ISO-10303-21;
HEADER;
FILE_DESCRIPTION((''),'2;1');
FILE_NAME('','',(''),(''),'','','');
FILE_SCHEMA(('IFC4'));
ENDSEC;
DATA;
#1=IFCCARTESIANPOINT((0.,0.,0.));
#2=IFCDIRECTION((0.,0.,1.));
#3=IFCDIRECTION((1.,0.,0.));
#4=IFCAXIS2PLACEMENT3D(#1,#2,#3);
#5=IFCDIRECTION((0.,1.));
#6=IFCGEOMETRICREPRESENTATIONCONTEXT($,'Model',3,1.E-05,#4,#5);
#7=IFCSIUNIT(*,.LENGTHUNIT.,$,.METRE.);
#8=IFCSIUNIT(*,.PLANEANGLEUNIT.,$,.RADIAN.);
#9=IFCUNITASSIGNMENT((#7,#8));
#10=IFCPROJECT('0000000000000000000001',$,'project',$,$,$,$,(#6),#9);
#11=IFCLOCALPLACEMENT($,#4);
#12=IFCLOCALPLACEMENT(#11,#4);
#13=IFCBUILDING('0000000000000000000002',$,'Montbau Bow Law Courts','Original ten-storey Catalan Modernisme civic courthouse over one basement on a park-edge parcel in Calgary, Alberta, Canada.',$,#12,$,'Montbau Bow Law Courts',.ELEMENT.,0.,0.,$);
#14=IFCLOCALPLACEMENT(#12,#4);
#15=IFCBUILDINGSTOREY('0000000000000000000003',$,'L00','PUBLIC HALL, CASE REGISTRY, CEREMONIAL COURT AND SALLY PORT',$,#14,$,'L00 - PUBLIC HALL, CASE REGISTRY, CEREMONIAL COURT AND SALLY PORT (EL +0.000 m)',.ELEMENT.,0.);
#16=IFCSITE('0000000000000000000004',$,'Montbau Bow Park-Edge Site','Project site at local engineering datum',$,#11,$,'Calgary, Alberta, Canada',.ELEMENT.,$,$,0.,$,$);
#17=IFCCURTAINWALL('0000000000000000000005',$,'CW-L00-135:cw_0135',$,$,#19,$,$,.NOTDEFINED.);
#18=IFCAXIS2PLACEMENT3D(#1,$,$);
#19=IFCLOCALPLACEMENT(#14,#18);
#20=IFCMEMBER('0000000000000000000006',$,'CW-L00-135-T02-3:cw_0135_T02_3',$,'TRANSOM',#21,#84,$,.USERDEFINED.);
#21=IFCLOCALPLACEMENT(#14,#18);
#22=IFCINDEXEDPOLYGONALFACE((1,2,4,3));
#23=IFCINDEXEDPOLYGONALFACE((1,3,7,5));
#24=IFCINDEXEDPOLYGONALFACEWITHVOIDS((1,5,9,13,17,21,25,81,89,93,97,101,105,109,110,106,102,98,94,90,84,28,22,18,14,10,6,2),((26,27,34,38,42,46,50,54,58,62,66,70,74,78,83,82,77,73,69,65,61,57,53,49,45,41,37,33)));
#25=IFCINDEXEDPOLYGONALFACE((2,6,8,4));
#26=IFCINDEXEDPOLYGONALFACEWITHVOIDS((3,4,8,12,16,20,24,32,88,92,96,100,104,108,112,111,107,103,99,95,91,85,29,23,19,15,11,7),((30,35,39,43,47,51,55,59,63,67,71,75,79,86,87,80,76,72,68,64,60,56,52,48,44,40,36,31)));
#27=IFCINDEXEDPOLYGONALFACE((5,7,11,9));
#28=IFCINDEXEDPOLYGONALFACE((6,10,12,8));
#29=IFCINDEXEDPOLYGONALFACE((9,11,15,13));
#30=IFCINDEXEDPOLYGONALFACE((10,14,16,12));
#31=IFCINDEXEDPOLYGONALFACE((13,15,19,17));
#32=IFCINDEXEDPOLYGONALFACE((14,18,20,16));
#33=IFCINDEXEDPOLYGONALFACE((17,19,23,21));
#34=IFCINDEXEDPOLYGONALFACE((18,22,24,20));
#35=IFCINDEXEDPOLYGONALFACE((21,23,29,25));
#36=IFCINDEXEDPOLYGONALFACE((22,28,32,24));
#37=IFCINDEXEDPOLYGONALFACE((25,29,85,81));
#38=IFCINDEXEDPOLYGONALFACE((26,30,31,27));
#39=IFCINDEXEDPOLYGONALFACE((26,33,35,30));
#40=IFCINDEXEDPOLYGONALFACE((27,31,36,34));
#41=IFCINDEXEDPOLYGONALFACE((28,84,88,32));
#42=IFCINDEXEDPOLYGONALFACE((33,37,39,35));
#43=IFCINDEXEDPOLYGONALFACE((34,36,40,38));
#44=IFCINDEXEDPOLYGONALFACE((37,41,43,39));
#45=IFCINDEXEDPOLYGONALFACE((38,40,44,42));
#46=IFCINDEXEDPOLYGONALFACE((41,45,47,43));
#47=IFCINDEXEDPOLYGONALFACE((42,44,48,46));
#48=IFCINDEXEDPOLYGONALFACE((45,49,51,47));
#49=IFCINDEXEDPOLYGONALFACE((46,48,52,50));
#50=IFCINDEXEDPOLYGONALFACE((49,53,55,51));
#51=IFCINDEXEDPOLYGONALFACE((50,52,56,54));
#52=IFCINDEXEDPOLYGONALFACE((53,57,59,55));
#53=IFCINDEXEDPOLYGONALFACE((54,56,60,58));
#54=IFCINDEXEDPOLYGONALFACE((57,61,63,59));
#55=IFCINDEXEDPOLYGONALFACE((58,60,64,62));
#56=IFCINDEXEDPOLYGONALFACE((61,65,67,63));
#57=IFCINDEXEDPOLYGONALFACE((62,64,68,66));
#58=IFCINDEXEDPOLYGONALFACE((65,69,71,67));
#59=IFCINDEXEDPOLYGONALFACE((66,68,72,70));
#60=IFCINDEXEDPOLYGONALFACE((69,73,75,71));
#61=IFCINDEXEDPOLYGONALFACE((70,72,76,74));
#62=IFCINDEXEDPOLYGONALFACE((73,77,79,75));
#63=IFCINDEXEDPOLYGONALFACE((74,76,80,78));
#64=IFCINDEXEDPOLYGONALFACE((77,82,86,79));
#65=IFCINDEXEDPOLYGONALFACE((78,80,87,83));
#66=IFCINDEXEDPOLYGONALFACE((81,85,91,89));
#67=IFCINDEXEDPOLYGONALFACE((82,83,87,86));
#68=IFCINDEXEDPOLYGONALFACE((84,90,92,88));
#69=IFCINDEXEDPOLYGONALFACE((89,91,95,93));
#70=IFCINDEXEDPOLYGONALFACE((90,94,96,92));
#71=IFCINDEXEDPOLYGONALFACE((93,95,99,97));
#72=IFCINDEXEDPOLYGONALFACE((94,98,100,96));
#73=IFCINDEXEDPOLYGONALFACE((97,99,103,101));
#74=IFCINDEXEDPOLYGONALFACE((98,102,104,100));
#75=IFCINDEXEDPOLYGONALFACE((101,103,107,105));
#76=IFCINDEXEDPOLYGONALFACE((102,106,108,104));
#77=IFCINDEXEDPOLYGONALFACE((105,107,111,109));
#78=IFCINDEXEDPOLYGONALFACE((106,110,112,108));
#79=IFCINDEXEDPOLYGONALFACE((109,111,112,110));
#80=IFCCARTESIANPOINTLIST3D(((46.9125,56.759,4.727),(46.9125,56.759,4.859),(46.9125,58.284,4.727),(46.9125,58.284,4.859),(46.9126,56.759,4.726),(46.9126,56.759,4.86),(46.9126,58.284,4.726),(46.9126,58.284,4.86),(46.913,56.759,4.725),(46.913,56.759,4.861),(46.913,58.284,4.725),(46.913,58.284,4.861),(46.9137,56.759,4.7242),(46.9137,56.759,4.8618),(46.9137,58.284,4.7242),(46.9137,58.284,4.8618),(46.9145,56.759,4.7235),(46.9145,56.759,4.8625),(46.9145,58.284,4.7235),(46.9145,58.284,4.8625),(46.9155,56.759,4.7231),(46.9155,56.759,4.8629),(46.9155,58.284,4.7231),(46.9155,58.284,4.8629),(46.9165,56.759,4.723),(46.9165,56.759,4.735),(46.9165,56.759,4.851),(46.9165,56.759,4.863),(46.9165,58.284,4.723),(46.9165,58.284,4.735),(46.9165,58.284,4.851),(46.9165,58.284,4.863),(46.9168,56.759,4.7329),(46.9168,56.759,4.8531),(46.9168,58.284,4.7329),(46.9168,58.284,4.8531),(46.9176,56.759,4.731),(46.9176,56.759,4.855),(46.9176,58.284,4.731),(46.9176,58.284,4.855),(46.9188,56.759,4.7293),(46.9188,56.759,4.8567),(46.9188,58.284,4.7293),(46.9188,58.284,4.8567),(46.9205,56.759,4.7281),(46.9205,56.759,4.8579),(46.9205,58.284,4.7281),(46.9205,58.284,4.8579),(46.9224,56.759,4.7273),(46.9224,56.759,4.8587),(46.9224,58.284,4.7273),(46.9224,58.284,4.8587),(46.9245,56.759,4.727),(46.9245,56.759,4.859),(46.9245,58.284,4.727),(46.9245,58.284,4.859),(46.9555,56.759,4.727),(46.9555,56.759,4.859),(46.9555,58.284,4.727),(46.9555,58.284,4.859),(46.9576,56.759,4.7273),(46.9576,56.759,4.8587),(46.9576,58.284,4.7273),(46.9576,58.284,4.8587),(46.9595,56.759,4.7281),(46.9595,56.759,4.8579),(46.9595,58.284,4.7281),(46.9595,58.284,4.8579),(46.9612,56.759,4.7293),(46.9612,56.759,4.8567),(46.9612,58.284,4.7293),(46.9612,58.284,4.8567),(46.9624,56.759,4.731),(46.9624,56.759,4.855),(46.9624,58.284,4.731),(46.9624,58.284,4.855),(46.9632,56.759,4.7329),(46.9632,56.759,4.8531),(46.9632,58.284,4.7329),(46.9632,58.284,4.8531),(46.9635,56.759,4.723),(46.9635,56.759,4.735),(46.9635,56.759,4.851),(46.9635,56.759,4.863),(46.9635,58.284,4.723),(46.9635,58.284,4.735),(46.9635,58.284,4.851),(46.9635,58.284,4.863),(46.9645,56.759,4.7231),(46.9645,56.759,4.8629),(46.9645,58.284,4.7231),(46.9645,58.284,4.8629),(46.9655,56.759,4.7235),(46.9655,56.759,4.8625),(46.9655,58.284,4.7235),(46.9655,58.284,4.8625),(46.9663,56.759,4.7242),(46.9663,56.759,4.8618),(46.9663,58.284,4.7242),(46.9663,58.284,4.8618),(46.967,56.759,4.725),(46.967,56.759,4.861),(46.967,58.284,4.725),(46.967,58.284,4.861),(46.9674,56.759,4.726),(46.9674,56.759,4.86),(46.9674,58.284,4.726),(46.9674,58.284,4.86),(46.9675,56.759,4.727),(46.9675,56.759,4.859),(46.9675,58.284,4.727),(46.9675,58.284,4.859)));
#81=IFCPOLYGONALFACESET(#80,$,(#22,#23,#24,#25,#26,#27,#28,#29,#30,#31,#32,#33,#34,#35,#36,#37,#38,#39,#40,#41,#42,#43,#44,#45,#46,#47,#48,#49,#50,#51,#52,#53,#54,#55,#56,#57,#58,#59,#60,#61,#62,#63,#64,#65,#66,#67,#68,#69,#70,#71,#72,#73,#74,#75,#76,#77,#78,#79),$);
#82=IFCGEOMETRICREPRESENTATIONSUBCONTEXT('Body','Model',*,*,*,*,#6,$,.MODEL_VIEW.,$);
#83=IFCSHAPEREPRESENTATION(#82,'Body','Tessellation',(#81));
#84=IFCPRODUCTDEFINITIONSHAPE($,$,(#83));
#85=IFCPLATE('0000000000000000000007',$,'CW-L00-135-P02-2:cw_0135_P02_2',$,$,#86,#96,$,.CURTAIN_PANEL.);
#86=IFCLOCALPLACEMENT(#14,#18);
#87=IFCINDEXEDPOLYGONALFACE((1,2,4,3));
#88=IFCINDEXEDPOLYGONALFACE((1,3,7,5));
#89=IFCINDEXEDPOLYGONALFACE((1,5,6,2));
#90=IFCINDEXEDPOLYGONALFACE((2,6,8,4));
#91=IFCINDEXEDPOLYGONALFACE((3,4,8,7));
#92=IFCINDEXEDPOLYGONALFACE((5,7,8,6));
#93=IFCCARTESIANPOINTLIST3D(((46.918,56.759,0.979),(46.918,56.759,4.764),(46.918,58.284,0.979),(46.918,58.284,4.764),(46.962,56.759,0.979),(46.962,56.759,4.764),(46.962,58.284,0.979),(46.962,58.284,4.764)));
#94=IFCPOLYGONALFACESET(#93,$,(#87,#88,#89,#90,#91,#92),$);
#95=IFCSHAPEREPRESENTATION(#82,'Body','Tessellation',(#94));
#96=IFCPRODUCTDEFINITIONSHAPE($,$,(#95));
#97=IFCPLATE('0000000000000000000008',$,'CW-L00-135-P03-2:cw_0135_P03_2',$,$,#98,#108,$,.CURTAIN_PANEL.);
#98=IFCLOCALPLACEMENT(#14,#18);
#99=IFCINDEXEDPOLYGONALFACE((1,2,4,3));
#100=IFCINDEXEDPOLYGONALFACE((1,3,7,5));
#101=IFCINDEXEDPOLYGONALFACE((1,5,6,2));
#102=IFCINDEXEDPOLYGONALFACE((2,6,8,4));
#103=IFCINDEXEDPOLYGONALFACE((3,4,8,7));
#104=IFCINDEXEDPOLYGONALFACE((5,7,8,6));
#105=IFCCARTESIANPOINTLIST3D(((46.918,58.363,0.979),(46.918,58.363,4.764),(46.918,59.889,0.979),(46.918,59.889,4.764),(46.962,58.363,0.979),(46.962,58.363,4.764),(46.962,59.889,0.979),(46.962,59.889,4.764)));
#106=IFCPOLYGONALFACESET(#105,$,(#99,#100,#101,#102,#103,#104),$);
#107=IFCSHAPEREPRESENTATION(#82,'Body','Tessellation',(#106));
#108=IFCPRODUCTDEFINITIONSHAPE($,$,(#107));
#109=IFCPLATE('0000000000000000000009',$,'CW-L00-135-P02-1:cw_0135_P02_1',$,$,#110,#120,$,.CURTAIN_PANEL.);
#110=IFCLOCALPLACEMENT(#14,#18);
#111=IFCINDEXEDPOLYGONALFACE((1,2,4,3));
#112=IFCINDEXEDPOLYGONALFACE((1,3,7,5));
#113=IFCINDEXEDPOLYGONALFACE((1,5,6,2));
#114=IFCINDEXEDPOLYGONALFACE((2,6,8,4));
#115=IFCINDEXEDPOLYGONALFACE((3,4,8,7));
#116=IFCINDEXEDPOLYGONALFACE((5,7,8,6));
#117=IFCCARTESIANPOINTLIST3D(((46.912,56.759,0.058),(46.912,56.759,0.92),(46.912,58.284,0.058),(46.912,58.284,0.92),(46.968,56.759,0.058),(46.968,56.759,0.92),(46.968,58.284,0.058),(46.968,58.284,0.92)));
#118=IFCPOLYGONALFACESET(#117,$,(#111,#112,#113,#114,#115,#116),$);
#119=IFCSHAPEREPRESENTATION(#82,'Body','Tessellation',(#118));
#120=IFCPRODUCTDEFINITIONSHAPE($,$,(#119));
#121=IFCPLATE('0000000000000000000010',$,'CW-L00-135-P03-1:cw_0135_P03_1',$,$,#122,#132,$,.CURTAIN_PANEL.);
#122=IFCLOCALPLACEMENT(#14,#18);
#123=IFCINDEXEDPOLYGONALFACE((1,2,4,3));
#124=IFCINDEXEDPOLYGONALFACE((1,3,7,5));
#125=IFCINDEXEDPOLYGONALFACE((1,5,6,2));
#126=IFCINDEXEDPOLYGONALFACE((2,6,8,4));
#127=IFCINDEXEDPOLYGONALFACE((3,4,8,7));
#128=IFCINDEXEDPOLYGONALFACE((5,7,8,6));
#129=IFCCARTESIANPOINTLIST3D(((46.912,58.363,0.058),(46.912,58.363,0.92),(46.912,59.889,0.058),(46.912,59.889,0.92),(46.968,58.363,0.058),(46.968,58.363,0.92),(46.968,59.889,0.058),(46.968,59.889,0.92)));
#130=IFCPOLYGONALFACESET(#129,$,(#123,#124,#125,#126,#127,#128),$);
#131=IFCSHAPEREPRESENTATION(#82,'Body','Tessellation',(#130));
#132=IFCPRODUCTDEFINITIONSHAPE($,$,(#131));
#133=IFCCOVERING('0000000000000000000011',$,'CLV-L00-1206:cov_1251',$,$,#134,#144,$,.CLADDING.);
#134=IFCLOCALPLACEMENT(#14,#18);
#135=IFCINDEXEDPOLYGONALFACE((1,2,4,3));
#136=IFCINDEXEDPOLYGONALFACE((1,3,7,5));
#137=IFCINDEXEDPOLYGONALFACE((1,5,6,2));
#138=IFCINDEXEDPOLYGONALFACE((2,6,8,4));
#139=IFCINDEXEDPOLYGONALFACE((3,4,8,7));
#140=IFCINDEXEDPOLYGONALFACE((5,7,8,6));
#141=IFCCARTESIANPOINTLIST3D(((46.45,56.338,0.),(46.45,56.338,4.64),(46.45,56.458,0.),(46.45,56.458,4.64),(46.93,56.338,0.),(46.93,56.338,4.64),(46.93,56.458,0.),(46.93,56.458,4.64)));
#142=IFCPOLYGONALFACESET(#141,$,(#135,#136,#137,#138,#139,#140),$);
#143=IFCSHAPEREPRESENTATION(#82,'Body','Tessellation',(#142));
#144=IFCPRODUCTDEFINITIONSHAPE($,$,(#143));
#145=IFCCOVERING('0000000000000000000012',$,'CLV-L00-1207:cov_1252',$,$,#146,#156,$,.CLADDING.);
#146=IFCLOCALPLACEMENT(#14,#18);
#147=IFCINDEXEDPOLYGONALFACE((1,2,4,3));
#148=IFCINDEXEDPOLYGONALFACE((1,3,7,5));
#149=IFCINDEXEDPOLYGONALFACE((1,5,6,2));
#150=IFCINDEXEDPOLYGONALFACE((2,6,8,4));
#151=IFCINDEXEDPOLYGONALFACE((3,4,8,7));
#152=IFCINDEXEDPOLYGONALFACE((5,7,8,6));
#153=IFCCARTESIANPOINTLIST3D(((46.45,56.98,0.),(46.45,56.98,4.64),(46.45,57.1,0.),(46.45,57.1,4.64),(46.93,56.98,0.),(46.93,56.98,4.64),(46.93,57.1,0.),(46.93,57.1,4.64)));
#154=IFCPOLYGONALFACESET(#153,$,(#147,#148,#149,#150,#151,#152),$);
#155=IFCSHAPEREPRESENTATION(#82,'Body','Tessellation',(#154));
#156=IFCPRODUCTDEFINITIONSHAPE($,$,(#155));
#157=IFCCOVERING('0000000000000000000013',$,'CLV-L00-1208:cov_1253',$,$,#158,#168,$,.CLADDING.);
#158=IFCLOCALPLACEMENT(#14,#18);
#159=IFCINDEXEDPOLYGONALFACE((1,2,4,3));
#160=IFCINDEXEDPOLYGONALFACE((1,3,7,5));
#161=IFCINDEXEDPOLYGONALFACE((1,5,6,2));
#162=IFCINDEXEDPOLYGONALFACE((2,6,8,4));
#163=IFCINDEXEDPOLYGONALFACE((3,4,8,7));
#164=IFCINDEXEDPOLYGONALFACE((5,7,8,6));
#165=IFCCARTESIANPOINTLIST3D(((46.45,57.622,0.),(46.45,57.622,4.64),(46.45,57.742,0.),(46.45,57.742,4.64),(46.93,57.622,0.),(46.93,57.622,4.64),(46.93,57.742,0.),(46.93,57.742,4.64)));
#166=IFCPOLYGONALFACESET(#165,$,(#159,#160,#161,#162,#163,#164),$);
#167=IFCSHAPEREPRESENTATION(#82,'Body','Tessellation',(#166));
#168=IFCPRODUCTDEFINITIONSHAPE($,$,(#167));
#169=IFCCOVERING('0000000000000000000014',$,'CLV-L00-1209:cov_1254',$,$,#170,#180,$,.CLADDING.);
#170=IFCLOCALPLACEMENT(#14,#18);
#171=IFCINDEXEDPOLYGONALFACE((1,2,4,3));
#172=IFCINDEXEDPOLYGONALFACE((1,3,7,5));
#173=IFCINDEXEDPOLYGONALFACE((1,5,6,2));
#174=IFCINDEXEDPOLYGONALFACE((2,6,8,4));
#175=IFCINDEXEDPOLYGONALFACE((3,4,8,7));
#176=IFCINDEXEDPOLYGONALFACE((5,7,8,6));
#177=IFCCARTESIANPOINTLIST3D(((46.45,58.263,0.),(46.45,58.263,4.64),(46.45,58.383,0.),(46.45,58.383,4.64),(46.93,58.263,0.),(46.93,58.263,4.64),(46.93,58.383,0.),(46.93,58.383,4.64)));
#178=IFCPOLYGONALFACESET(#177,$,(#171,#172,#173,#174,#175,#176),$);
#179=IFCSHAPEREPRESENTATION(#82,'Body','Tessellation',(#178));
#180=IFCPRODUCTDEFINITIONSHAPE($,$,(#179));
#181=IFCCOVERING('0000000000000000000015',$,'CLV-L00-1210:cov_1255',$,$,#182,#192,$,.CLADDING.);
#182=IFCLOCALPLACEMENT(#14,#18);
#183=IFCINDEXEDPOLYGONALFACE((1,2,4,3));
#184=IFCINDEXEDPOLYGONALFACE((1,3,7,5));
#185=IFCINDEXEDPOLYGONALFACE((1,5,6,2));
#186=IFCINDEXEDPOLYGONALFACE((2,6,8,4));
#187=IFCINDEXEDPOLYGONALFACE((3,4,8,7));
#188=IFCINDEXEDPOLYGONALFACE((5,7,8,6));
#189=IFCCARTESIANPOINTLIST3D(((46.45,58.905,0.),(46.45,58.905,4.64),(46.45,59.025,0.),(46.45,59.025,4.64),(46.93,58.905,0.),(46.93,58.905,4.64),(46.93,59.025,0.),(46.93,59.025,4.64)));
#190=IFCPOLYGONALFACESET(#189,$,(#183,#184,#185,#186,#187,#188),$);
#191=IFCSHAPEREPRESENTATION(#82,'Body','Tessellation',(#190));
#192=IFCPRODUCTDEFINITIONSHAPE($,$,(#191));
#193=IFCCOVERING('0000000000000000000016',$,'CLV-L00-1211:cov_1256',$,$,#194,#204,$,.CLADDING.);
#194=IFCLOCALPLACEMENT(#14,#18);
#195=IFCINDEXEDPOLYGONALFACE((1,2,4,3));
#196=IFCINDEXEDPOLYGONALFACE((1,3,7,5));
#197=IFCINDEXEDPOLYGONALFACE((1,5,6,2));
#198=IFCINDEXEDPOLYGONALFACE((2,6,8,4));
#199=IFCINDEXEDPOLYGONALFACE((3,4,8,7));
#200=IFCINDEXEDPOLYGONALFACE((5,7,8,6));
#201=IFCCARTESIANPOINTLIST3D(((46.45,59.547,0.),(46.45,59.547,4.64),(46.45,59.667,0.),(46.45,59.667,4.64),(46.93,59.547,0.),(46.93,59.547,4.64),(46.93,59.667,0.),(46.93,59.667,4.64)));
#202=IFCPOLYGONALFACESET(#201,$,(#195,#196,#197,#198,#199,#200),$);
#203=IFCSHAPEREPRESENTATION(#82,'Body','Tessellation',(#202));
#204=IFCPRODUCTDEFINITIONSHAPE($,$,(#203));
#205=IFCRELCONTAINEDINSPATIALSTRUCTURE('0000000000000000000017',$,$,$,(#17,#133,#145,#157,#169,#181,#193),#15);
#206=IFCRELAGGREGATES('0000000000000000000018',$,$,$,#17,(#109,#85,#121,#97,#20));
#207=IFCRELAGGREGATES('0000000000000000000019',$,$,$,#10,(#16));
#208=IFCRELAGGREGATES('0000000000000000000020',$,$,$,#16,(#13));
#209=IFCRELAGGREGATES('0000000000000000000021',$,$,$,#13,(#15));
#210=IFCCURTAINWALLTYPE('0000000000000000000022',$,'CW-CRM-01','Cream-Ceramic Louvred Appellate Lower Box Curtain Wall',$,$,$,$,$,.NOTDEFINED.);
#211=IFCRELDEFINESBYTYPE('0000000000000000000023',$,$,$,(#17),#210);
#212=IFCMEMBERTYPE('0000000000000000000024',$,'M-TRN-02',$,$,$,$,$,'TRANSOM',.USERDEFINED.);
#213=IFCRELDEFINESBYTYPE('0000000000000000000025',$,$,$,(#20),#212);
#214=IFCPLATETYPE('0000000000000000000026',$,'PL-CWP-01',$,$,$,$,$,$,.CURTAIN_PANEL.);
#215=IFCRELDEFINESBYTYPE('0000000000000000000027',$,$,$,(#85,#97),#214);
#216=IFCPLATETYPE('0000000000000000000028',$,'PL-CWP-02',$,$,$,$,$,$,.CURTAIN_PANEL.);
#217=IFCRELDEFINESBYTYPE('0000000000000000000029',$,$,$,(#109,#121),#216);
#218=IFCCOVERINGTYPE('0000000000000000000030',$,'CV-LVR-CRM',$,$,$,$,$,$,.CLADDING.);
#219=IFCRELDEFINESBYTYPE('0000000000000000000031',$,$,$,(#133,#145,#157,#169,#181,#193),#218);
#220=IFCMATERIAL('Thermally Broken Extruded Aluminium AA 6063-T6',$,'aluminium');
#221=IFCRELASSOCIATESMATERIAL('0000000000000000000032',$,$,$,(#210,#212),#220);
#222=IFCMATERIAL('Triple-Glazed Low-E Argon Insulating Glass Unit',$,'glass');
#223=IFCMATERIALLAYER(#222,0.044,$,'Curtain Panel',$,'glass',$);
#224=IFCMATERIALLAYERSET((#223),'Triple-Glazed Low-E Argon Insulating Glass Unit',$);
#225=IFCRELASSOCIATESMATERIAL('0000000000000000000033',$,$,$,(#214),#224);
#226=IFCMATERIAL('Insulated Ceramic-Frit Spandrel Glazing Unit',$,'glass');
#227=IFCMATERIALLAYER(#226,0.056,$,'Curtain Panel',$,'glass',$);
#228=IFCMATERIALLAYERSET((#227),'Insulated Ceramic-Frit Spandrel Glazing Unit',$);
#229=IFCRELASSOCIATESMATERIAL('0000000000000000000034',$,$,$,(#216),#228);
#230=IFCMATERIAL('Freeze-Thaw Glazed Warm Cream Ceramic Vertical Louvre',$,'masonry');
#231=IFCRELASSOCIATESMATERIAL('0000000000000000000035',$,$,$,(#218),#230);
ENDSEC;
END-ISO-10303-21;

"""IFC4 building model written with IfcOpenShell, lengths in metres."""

from ifc_helpers import new_model, si_unit, direction, frame, frame_2d, origin_with_axes, origin_2d_with_axis, place, context, subcontext, project, spatial, rectangle, hollow_rectangle, extrude, material, layer, layer_set, material_profile, profile_set, type_object, element, aggregate, save


model = new_model("IFC4")

# Units and contexts
model_context = context("Model", 3, precision=1e-05, world=origin_with_axes(), true_north=direction((0.0, 1.0)))
body_context = subcontext(model_context, "Body", "Model", "MODEL_VIEW")
ifc_project = project(units=[si_unit("LENGTHUNIT", "METRE"), si_unit("PLANEANGLEUNIT", "RADIAN")], contexts=[model_context])

# Site, building, storey
site_placement = place(None, origin_with_axes())
site = spatial("IfcSite", under=ifc_project, at=site_placement, Name="Montbau Bow Park-Edge Site", Description="Project site at local engineering datum", LongName="Calgary, Alberta, Canada", CompositionType="ELEMENT", RefElevation=0.0)
building_placement = place(site_placement, origin_with_axes())
building = spatial("IfcBuilding", under=site, at=building_placement, Name="Montbau Bow Law Courts", Description="Original ten-storey Catalan Modernisme civic courthouse over one basement on a park-edge parcel in Calgary, Alberta, Canada.", LongName="Montbau Bow Law Courts", CompositionType="ELEMENT", ElevationOfRefHeight=0.0, ElevationOfTerrain=0.0)
storey_placement = place(building_placement, origin_with_axes())
storey = spatial("IfcBuildingStorey", under=building, at=storey_placement, Name="L00", Description="PUBLIC HALL, CASE REGISTRY, CEREMONIAL COURT AND SALLY PORT", LongName="L00 - PUBLIC HALL, CASE REGISTRY, CEREMONIAL COURT AND SALLY PORT (EL +0.000 m)", CompositionType="ELEMENT", Elevation=0.0)

# Curtain wall, member, plates
ifc_material_1 = material(Name="Thermally Broken Extruded Aluminium AA 6063-T6", Category="aluminium")
curtain_wall_type = type_object("IfcCurtainWallType", Name="CW-CRM-01", Description="Cream-Ceramic Louvred Appellate Lower Box Curtain Wall", PredefinedType="NOTDEFINED", material=ifc_material_1)
curtain_wall_placement = place(None, frame((46.94, 55.115, 0.0), z_axis=(0.0, 0.0, 1.0), x_axis=(1.0, 0.0, 0.0)))
curtain_wall = element("IfcCurtainWall", 1, at=curtain_wall_placement, inside=storey, type_object=curtain_wall_type, Name="CW-L00-135:cw_0135", PredefinedType="NOTDEFINED")
ifc_material_profile_1 = material_profile(ifc_material_1, hollow_rectangle(XDim=0.055, YDim=0.14, WallThickness=0.004, InnerFilletRadius=0.008, OuterFilletRadius=0.004, at=origin_2d_with_axis()), Name="CWT-140X55", Category="Main", Priority=0)
ifc_profile_set_1 = profile_set([ifc_material_profile_1], Name="Thermally Broken Extruded Aluminium AA 6063-T6")
member_type_1 = type_object("IfcMemberType", Name="M-TRN-02", ElementType="TRANSOM", PredefinedType="USERDEFINED", material=ifc_profile_set_1)
member_1_placement = place(None, frame((46.94, 56.759, 4.793), z_axis=(0.0, 1.0, 0.0), x_axis=(-1.0, 0.0, 0.0)))
member_1 = element("IfcMember", 2, at=member_1_placement, type_object=member_type_1, Name="CW-L00-135-T02-3:cw_0135_T02_3", ObjectType="TRANSOM", PredefinedType="USERDEFINED", context=body_context, shape_type="SweptSolid", body=[
    extrude(hollow_rectangle(XDim=0.055, YDim=0.14, WallThickness=0.004, InnerFilletRadius=0.008, OuterFilletRadius=0.004, at=origin_2d_with_axis()), origin_with_axes(), (0.0, 0.0, 1.0), 1.525),
])
ifc_material_2 = material(Name="Triple-Glazed Low-E Argon Insulating Glass Unit", Category="glass")
ifc_layer_1 = layer(ifc_material_2, 0.044, Name="Curtain Panel", Category="glass")
ifc_layer_set_1 = layer_set([ifc_layer_1], Name="Triple-Glazed Low-E Argon Insulating Glass Unit")
plate_type_1 = type_object("IfcPlateType", Name="PL-CWP-01", PredefinedType="CURTAIN_PANEL", material=ifc_layer_set_1)
plate_1_placement = place(None, frame((46.94, 56.759, 0.979), z_axis=(1.0, 0.0, 0.0), x_axis=(0.0, 1.0, 0.0)))
plate_1 = element("IfcPlate", 3, at=plate_1_placement, type_object=plate_type_1, Name="CW-L00-135-P02-2:cw_0135_P02_2", PredefinedType="CURTAIN_PANEL", context=body_context, shape_type="SweptSolid", body=[
    extrude(rectangle(XDim=1.525, YDim=3.785, at=frame_2d((0.7625, 1.8925), x_axis=(1.0, 0.0))), frame((0.0, 0.0, -0.022), z_axis=(0.0, 0.0, 1.0), x_axis=(1.0, 0.0, 0.0)), (0.0, 0.0, 1.0), 0.044),
])
plate_2_placement = place(None, frame((46.94, 58.363, 0.979), z_axis=(1.0, 0.0, 0.0), x_axis=(0.0, 1.0, 0.0)))
plate_2 = element("IfcPlate", 4, at=plate_2_placement, type_object=plate_type_1, Name="CW-L00-135-P03-2:cw_0135_P03_2", PredefinedType="CURTAIN_PANEL", context=body_context, shape_type="SweptSolid", body=[
    extrude(rectangle(XDim=1.526, YDim=3.785, at=frame_2d((0.763, 1.8925), x_axis=(1.0, 0.0))), frame((0.0, 0.0, -0.022), z_axis=(0.0, 0.0, 1.0), x_axis=(1.0, 0.0, 0.0)), (0.0, 0.0, 1.0), 0.044),
])
ifc_material_3 = material(Name="Insulated Ceramic-Frit Spandrel Glazing Unit", Category="glass")
ifc_layer_2 = layer(ifc_material_3, 0.056, Name="Curtain Panel", Category="glass")
ifc_layer_set_2 = layer_set([ifc_layer_2], Name="Insulated Ceramic-Frit Spandrel Glazing Unit")
plate_type_2 = type_object("IfcPlateType", Name="PL-CWP-02", PredefinedType="CURTAIN_PANEL", material=ifc_layer_set_2)
plate_3_placement = place(None, frame((46.94, 56.759, 0.058), z_axis=(1.0, 0.0, 0.0), x_axis=(0.0, 1.0, 0.0)))
plate_3 = element("IfcPlate", 5, at=plate_3_placement, type_object=plate_type_2, Name="CW-L00-135-P02-1:cw_0135_P02_1", PredefinedType="CURTAIN_PANEL", context=body_context, shape_type="SweptSolid", body=[
    extrude(rectangle(XDim=1.525, YDim=0.862, at=frame_2d((0.7625, 0.431), x_axis=(1.0, 0.0))), frame((0.0, 0.0, -0.028), z_axis=(0.0, 0.0, 1.0), x_axis=(1.0, 0.0, 0.0)), (0.0, 0.0, 1.0), 0.056),
])
plate_4_placement = place(None, frame((46.94, 58.363, 0.058), z_axis=(1.0, 0.0, 0.0), x_axis=(0.0, 1.0, 0.0)))
plate_4 = element("IfcPlate", 6, at=plate_4_placement, type_object=plate_type_2, Name="CW-L00-135-P03-1:cw_0135_P03_1", PredefinedType="CURTAIN_PANEL", context=body_context, shape_type="SweptSolid", body=[
    extrude(rectangle(XDim=1.526, YDim=0.862, at=frame_2d((0.763, 0.431), x_axis=(1.0, 0.0))), frame((0.0, 0.0, -0.028), z_axis=(0.0, 0.0, 1.0), x_axis=(1.0, 0.0, 0.0)), (0.0, 0.0, 1.0), 0.056),
])
aggregate(curtain_wall, [plate_3, plate_1, plate_4, plate_2, member_1])

# Coverings
ifc_material_4 = material(Name="Freeze-Thaw Glazed Warm Cream Ceramic Vertical Louvre", Category="masonry")
covering_type = type_object("IfcCoveringType", Name="CV-LVR-CRM", PredefinedType="CLADDING", material=ifc_material_4)
for number, where, z_axis, x_axis, name in (
    (7, (46.93, 56.398, 0.0), (0.0, 1.0, 0.0), (-1.0, 0.0, 0.0), "CLV-L00-1206:cov_1251"),
    (8, (46.93, 57.04, 0.0), (0.0, 1.0, 0.0), (-1.0, 0.0, 0.0), "CLV-L00-1207:cov_1252"),
    (9, (46.93, 57.682, 0.0), (0.0, 1.0, 0.0), (-1.0, 0.0, 0.0), "CLV-L00-1208:cov_1253"),
    (10, (46.93, 58.323, 0.0), (0.0, 1.0, 0.0), (-1.0, 0.0, 0.0), "CLV-L00-1209:cov_1254"),
    (11, (46.93, 58.965, 0.0), (0.0, 1.0, 0.0), (-1.0, 0.0, 0.0), "CLV-L00-1210:cov_1255"),
    (12, (46.93, 59.607, 0.0), (0.0, 1.0, 0.0), (-1.0, 0.0, 0.0), "CLV-L00-1211:cov_1256"),
):
    element("IfcCovering", number, at=place(None, frame(where, z_axis=z_axis, x_axis=x_axis)), inside=storey, type_object=covering_type, Name=name, PredefinedType="CLADDING", context=body_context, shape_type="SweptSolid", body=[
        extrude(rectangle(XDim=0.48, YDim=4.64, at=frame_2d((0.24, 2.32), x_axis=(1.0, 0.0))), frame((0.0, 0.0, -0.06), z_axis=(0.0, 0.0, 1.0), x_axis=(1.0, 0.0, 0.0)), (0.0, 0.0, 1.0), 0.12),
    ])

save(model, "model.ifc")
